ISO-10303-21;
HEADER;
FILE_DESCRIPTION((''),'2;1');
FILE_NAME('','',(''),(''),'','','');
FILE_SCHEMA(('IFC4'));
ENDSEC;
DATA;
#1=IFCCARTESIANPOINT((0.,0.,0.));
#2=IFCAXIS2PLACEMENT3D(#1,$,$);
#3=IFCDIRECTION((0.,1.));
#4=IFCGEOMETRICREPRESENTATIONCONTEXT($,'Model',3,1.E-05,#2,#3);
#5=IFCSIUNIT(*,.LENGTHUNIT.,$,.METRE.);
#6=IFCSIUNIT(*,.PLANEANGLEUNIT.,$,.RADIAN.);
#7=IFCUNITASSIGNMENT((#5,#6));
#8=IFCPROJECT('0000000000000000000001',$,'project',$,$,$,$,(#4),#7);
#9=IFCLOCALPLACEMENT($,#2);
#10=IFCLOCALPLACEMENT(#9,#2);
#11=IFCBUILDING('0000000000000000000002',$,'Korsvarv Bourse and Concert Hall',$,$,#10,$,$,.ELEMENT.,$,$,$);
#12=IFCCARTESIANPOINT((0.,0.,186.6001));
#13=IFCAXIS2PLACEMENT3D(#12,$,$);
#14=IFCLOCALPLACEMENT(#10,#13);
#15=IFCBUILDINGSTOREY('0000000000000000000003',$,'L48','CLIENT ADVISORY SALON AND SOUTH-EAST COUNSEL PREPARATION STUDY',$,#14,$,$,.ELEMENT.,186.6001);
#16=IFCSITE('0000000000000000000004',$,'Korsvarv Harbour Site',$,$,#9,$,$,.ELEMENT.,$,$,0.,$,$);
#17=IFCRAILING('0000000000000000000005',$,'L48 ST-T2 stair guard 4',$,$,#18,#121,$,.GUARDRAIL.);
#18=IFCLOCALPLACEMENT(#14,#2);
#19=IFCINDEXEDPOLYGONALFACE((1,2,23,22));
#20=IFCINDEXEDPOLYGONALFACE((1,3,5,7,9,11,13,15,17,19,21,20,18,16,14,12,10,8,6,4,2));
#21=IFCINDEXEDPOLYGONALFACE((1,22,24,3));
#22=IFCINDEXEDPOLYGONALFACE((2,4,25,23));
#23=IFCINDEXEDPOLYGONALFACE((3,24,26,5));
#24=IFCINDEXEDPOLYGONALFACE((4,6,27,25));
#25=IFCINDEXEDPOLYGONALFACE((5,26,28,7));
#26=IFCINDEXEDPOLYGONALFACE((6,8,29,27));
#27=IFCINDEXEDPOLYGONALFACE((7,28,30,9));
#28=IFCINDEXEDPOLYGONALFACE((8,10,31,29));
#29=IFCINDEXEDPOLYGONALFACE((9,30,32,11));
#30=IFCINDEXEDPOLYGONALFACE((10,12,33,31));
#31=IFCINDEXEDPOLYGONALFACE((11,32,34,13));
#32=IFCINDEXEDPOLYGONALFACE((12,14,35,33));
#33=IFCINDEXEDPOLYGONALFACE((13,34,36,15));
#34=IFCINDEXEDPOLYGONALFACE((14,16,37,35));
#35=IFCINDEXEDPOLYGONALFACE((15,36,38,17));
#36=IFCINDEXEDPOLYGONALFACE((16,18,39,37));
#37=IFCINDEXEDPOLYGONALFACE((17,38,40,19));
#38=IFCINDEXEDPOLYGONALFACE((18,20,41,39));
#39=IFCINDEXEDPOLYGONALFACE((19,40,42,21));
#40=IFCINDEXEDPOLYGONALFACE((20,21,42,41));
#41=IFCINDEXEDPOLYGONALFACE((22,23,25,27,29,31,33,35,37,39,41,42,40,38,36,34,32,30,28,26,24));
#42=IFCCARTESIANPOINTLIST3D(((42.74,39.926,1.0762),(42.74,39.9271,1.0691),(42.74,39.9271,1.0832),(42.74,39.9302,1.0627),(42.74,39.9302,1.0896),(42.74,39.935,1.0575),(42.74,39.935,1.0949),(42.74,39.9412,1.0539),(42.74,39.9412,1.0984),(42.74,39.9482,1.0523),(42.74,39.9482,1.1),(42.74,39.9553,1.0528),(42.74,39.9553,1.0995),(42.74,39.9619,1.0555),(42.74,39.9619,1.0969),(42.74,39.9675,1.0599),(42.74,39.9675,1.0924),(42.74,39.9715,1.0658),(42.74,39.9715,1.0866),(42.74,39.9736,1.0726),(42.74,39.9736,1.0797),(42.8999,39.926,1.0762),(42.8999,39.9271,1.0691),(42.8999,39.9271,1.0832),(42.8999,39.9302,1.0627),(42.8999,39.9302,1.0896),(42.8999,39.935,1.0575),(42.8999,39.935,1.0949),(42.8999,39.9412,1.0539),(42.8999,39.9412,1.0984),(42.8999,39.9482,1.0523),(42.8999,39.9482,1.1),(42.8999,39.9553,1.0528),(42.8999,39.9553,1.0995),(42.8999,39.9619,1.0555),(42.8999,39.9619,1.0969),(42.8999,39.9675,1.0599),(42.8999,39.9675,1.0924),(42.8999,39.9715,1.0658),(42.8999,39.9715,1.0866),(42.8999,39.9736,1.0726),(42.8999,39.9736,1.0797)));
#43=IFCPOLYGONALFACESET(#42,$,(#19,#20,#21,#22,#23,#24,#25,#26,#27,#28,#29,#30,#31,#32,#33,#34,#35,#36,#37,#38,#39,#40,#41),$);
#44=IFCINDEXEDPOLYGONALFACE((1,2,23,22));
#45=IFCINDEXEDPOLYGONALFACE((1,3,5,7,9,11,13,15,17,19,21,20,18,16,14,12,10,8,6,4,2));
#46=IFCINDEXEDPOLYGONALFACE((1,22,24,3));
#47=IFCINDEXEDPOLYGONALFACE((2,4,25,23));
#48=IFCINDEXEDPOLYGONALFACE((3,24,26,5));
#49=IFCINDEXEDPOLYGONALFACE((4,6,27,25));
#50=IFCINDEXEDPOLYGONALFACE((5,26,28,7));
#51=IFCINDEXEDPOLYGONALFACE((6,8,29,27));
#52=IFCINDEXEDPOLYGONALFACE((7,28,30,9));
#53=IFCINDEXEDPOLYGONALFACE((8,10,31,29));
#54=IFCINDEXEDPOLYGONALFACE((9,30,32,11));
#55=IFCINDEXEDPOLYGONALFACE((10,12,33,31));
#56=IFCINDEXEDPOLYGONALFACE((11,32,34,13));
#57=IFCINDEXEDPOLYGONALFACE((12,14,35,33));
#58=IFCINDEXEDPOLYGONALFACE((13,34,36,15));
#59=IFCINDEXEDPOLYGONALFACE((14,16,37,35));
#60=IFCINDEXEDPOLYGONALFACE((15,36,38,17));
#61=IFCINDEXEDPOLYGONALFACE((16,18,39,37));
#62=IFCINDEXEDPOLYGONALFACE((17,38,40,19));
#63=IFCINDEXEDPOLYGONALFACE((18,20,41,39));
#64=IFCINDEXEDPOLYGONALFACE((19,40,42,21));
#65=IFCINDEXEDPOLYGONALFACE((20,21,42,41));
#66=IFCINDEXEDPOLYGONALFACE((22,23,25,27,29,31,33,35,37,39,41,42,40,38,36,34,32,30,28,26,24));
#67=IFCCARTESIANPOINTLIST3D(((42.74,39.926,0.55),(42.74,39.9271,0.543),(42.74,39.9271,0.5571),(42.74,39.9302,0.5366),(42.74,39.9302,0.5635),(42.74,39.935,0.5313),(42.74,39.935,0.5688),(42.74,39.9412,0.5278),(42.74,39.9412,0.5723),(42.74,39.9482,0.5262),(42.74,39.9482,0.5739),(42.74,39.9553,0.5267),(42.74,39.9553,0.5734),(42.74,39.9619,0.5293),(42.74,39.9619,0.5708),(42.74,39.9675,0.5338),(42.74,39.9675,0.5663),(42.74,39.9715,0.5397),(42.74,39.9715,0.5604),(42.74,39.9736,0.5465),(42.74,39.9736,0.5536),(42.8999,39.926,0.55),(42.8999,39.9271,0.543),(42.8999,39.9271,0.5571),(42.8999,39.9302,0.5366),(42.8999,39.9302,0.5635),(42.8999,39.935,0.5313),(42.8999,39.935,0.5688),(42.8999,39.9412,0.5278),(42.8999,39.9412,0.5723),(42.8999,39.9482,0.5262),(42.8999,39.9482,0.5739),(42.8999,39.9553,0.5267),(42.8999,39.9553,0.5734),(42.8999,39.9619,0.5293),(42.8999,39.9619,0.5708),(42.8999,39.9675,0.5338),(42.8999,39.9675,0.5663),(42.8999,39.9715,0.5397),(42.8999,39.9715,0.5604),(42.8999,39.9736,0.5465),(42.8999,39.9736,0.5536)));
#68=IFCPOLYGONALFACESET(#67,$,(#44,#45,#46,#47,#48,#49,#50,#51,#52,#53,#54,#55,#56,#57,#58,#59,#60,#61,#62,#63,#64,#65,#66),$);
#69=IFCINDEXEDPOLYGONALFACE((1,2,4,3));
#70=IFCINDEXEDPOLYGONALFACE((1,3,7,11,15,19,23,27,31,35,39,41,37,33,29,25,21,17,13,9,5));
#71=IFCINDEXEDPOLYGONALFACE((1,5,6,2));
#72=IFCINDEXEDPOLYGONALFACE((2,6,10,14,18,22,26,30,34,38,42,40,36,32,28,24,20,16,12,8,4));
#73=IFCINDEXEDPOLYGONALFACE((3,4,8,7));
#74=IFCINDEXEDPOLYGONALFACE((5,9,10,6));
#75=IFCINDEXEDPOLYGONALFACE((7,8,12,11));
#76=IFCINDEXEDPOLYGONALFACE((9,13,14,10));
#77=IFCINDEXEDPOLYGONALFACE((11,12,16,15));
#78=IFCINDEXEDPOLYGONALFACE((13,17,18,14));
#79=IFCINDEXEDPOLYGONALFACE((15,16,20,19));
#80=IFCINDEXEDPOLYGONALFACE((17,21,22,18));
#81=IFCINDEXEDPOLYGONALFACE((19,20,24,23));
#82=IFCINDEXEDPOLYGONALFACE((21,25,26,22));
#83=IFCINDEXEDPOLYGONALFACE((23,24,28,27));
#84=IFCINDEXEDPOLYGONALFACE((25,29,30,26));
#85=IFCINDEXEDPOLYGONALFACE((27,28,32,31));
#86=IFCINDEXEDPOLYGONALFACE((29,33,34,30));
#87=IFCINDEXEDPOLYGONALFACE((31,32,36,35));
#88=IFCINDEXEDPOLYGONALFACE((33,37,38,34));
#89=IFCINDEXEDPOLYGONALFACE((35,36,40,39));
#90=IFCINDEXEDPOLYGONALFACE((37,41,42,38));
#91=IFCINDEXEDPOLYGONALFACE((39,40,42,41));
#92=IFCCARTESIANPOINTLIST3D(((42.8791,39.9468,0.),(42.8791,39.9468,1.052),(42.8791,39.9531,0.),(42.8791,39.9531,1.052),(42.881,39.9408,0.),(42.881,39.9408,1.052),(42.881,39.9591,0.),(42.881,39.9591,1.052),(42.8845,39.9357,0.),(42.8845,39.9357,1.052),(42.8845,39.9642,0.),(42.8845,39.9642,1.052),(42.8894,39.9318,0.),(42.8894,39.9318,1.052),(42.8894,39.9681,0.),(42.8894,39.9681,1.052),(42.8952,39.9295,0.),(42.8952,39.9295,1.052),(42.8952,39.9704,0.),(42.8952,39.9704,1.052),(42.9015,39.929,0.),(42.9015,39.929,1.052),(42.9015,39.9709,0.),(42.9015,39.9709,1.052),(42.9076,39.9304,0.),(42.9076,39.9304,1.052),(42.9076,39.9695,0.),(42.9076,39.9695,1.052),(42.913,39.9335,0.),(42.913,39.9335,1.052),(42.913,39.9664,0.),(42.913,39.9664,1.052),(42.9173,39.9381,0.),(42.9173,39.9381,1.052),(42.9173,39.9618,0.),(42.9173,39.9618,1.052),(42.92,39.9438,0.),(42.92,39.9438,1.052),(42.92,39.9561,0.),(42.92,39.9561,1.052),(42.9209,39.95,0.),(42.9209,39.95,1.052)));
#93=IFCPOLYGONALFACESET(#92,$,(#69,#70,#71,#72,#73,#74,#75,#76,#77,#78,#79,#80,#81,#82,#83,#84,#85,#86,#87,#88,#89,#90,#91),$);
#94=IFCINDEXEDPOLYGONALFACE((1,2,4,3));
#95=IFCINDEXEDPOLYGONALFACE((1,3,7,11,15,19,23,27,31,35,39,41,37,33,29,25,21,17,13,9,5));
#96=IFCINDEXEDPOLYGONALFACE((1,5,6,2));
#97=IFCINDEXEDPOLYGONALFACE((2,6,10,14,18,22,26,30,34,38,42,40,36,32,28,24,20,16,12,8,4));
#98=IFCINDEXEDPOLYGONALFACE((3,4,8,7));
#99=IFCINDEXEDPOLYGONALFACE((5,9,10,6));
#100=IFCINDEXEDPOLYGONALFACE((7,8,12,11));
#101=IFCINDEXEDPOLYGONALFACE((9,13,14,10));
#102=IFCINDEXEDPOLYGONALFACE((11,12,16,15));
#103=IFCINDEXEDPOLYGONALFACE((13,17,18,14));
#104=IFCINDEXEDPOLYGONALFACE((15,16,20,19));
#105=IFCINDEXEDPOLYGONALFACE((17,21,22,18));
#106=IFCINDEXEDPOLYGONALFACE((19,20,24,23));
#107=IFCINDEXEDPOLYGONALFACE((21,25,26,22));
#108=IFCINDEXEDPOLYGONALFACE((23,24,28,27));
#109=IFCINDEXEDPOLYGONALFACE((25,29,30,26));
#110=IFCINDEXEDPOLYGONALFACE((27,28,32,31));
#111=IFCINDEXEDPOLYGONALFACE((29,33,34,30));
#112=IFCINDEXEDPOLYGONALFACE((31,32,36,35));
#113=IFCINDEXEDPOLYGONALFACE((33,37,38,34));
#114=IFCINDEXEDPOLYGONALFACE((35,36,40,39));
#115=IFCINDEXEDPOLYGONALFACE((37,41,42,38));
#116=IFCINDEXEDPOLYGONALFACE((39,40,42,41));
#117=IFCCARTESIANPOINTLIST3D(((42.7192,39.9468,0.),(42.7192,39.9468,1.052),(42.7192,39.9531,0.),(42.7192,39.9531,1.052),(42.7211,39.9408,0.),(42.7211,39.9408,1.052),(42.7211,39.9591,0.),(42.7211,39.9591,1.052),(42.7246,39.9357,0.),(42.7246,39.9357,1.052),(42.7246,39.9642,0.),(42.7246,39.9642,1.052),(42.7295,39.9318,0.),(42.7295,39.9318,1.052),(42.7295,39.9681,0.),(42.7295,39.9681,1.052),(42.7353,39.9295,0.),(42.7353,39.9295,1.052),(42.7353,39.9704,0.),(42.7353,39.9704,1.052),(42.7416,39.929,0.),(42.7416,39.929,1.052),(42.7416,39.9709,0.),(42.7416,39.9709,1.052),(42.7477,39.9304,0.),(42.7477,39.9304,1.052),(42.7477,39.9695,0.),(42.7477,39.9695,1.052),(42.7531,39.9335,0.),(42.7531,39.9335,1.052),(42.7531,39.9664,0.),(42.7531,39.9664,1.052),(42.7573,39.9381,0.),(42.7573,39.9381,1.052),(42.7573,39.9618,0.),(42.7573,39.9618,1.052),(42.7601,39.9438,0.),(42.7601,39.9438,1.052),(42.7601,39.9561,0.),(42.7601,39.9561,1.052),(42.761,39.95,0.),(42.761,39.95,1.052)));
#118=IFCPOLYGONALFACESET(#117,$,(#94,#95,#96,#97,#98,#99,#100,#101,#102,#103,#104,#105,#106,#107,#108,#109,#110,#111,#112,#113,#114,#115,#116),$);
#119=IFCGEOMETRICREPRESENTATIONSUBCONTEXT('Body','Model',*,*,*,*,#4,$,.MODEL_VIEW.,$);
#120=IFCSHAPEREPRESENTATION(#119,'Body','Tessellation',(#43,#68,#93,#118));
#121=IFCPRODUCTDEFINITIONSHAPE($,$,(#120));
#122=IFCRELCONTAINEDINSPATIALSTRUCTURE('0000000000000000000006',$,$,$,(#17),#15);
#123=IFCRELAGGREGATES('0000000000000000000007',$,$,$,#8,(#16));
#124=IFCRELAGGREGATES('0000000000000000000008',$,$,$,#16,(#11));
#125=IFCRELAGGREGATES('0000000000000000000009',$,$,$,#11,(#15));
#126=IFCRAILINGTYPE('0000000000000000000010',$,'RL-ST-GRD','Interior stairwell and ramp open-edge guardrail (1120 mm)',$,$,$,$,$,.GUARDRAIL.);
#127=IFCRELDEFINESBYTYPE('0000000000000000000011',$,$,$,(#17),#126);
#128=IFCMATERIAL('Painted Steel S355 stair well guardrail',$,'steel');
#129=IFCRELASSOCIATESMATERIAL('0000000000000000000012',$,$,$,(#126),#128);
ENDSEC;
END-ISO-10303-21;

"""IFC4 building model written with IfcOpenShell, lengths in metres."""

from ifc_helpers import new_model, si_unit, direction, frame, origin, origin_2d, place, context, subcontext, project, spatial, circle, extrude, material, type_object, element, save


model = new_model("IFC4")

# Units and contexts
model_context = context("Model", 3, precision=1e-05, world=origin(), true_north=direction((0.0, 1.0)))
body_context = subcontext(model_context, "Body", "Model", "MODEL_VIEW")
ifc_project = project(units=[si_unit("LENGTHUNIT", "METRE"), si_unit("PLANEANGLEUNIT", "RADIAN")], contexts=[model_context])

# Site, building, storey
site_placement = place(None, origin())
site = spatial("IfcSite", under=ifc_project, at=site_placement, Name="Korsvarv Harbour Site", CompositionType="ELEMENT", RefElevation=0.0)
building_placement = place(site_placement, origin())
building = spatial("IfcBuilding", under=site, at=building_placement, Name="Korsvarv Bourse and Concert Hall", CompositionType="ELEMENT")
storey_placement = place(building_placement, frame((0.0, 0.0, 186.6001)))
storey = spatial("IfcBuildingStorey", under=building, at=storey_placement, Name="L48", Description="CLIENT ADVISORY SALON AND SOUTH-EAST COUNSEL PREPARATION STUDY", CompositionType="ELEMENT", Elevation=186.6001)

# Railing
ifc_material_1 = material(Name="Painted Steel S355 stair well guardrail", Category="steel")
railing_type_1 = type_object("IfcRailingType", Name="RL-ST-GRD", Description="Interior stairwell and ramp open-edge guardrail (1120 mm)", PredefinedType="GUARDRAIL", material=ifc_material_1)
railing_1_placement = place(storey_placement, frame((42.8999, 39.95, 0.0)))
element("IfcRailing", 1, at=railing_1_placement, inside=storey, type_object=railing_type_1, Name="L48 ST-T2 stair guard 4", PredefinedType="GUARDRAIL", context=body_context, shape_type="SweptSolid", body=[
    extrude(circle(Radius=0.0239, at=origin_2d()), frame((0.0, 0.0, 1.0762), z_axis=(-1.0, 0.0, 0.0), x_axis=(0.0, -1.0, 0.0)), (0.0, 0.0, 1.0), 0.1599),
    extrude(circle(Radius=0.0239, at=origin_2d()), frame((0.0, 0.0, 0.55), z_axis=(-1.0, 0.0, 0.0), x_axis=(0.0, -1.0, 0.0)), (0.0, 0.0, 1.0), 0.1599),
    extrude(circle(Radius=0.021, at=origin_2d()), origin(), (0.0, 0.0, 1.0), 1.052),
    extrude(circle(Radius=0.021, at=origin_2d()), frame((-0.1599, 0.0, 0.0)), (0.0, 0.0, 1.0), 1.052),
])

save(model, "model.ifc")
